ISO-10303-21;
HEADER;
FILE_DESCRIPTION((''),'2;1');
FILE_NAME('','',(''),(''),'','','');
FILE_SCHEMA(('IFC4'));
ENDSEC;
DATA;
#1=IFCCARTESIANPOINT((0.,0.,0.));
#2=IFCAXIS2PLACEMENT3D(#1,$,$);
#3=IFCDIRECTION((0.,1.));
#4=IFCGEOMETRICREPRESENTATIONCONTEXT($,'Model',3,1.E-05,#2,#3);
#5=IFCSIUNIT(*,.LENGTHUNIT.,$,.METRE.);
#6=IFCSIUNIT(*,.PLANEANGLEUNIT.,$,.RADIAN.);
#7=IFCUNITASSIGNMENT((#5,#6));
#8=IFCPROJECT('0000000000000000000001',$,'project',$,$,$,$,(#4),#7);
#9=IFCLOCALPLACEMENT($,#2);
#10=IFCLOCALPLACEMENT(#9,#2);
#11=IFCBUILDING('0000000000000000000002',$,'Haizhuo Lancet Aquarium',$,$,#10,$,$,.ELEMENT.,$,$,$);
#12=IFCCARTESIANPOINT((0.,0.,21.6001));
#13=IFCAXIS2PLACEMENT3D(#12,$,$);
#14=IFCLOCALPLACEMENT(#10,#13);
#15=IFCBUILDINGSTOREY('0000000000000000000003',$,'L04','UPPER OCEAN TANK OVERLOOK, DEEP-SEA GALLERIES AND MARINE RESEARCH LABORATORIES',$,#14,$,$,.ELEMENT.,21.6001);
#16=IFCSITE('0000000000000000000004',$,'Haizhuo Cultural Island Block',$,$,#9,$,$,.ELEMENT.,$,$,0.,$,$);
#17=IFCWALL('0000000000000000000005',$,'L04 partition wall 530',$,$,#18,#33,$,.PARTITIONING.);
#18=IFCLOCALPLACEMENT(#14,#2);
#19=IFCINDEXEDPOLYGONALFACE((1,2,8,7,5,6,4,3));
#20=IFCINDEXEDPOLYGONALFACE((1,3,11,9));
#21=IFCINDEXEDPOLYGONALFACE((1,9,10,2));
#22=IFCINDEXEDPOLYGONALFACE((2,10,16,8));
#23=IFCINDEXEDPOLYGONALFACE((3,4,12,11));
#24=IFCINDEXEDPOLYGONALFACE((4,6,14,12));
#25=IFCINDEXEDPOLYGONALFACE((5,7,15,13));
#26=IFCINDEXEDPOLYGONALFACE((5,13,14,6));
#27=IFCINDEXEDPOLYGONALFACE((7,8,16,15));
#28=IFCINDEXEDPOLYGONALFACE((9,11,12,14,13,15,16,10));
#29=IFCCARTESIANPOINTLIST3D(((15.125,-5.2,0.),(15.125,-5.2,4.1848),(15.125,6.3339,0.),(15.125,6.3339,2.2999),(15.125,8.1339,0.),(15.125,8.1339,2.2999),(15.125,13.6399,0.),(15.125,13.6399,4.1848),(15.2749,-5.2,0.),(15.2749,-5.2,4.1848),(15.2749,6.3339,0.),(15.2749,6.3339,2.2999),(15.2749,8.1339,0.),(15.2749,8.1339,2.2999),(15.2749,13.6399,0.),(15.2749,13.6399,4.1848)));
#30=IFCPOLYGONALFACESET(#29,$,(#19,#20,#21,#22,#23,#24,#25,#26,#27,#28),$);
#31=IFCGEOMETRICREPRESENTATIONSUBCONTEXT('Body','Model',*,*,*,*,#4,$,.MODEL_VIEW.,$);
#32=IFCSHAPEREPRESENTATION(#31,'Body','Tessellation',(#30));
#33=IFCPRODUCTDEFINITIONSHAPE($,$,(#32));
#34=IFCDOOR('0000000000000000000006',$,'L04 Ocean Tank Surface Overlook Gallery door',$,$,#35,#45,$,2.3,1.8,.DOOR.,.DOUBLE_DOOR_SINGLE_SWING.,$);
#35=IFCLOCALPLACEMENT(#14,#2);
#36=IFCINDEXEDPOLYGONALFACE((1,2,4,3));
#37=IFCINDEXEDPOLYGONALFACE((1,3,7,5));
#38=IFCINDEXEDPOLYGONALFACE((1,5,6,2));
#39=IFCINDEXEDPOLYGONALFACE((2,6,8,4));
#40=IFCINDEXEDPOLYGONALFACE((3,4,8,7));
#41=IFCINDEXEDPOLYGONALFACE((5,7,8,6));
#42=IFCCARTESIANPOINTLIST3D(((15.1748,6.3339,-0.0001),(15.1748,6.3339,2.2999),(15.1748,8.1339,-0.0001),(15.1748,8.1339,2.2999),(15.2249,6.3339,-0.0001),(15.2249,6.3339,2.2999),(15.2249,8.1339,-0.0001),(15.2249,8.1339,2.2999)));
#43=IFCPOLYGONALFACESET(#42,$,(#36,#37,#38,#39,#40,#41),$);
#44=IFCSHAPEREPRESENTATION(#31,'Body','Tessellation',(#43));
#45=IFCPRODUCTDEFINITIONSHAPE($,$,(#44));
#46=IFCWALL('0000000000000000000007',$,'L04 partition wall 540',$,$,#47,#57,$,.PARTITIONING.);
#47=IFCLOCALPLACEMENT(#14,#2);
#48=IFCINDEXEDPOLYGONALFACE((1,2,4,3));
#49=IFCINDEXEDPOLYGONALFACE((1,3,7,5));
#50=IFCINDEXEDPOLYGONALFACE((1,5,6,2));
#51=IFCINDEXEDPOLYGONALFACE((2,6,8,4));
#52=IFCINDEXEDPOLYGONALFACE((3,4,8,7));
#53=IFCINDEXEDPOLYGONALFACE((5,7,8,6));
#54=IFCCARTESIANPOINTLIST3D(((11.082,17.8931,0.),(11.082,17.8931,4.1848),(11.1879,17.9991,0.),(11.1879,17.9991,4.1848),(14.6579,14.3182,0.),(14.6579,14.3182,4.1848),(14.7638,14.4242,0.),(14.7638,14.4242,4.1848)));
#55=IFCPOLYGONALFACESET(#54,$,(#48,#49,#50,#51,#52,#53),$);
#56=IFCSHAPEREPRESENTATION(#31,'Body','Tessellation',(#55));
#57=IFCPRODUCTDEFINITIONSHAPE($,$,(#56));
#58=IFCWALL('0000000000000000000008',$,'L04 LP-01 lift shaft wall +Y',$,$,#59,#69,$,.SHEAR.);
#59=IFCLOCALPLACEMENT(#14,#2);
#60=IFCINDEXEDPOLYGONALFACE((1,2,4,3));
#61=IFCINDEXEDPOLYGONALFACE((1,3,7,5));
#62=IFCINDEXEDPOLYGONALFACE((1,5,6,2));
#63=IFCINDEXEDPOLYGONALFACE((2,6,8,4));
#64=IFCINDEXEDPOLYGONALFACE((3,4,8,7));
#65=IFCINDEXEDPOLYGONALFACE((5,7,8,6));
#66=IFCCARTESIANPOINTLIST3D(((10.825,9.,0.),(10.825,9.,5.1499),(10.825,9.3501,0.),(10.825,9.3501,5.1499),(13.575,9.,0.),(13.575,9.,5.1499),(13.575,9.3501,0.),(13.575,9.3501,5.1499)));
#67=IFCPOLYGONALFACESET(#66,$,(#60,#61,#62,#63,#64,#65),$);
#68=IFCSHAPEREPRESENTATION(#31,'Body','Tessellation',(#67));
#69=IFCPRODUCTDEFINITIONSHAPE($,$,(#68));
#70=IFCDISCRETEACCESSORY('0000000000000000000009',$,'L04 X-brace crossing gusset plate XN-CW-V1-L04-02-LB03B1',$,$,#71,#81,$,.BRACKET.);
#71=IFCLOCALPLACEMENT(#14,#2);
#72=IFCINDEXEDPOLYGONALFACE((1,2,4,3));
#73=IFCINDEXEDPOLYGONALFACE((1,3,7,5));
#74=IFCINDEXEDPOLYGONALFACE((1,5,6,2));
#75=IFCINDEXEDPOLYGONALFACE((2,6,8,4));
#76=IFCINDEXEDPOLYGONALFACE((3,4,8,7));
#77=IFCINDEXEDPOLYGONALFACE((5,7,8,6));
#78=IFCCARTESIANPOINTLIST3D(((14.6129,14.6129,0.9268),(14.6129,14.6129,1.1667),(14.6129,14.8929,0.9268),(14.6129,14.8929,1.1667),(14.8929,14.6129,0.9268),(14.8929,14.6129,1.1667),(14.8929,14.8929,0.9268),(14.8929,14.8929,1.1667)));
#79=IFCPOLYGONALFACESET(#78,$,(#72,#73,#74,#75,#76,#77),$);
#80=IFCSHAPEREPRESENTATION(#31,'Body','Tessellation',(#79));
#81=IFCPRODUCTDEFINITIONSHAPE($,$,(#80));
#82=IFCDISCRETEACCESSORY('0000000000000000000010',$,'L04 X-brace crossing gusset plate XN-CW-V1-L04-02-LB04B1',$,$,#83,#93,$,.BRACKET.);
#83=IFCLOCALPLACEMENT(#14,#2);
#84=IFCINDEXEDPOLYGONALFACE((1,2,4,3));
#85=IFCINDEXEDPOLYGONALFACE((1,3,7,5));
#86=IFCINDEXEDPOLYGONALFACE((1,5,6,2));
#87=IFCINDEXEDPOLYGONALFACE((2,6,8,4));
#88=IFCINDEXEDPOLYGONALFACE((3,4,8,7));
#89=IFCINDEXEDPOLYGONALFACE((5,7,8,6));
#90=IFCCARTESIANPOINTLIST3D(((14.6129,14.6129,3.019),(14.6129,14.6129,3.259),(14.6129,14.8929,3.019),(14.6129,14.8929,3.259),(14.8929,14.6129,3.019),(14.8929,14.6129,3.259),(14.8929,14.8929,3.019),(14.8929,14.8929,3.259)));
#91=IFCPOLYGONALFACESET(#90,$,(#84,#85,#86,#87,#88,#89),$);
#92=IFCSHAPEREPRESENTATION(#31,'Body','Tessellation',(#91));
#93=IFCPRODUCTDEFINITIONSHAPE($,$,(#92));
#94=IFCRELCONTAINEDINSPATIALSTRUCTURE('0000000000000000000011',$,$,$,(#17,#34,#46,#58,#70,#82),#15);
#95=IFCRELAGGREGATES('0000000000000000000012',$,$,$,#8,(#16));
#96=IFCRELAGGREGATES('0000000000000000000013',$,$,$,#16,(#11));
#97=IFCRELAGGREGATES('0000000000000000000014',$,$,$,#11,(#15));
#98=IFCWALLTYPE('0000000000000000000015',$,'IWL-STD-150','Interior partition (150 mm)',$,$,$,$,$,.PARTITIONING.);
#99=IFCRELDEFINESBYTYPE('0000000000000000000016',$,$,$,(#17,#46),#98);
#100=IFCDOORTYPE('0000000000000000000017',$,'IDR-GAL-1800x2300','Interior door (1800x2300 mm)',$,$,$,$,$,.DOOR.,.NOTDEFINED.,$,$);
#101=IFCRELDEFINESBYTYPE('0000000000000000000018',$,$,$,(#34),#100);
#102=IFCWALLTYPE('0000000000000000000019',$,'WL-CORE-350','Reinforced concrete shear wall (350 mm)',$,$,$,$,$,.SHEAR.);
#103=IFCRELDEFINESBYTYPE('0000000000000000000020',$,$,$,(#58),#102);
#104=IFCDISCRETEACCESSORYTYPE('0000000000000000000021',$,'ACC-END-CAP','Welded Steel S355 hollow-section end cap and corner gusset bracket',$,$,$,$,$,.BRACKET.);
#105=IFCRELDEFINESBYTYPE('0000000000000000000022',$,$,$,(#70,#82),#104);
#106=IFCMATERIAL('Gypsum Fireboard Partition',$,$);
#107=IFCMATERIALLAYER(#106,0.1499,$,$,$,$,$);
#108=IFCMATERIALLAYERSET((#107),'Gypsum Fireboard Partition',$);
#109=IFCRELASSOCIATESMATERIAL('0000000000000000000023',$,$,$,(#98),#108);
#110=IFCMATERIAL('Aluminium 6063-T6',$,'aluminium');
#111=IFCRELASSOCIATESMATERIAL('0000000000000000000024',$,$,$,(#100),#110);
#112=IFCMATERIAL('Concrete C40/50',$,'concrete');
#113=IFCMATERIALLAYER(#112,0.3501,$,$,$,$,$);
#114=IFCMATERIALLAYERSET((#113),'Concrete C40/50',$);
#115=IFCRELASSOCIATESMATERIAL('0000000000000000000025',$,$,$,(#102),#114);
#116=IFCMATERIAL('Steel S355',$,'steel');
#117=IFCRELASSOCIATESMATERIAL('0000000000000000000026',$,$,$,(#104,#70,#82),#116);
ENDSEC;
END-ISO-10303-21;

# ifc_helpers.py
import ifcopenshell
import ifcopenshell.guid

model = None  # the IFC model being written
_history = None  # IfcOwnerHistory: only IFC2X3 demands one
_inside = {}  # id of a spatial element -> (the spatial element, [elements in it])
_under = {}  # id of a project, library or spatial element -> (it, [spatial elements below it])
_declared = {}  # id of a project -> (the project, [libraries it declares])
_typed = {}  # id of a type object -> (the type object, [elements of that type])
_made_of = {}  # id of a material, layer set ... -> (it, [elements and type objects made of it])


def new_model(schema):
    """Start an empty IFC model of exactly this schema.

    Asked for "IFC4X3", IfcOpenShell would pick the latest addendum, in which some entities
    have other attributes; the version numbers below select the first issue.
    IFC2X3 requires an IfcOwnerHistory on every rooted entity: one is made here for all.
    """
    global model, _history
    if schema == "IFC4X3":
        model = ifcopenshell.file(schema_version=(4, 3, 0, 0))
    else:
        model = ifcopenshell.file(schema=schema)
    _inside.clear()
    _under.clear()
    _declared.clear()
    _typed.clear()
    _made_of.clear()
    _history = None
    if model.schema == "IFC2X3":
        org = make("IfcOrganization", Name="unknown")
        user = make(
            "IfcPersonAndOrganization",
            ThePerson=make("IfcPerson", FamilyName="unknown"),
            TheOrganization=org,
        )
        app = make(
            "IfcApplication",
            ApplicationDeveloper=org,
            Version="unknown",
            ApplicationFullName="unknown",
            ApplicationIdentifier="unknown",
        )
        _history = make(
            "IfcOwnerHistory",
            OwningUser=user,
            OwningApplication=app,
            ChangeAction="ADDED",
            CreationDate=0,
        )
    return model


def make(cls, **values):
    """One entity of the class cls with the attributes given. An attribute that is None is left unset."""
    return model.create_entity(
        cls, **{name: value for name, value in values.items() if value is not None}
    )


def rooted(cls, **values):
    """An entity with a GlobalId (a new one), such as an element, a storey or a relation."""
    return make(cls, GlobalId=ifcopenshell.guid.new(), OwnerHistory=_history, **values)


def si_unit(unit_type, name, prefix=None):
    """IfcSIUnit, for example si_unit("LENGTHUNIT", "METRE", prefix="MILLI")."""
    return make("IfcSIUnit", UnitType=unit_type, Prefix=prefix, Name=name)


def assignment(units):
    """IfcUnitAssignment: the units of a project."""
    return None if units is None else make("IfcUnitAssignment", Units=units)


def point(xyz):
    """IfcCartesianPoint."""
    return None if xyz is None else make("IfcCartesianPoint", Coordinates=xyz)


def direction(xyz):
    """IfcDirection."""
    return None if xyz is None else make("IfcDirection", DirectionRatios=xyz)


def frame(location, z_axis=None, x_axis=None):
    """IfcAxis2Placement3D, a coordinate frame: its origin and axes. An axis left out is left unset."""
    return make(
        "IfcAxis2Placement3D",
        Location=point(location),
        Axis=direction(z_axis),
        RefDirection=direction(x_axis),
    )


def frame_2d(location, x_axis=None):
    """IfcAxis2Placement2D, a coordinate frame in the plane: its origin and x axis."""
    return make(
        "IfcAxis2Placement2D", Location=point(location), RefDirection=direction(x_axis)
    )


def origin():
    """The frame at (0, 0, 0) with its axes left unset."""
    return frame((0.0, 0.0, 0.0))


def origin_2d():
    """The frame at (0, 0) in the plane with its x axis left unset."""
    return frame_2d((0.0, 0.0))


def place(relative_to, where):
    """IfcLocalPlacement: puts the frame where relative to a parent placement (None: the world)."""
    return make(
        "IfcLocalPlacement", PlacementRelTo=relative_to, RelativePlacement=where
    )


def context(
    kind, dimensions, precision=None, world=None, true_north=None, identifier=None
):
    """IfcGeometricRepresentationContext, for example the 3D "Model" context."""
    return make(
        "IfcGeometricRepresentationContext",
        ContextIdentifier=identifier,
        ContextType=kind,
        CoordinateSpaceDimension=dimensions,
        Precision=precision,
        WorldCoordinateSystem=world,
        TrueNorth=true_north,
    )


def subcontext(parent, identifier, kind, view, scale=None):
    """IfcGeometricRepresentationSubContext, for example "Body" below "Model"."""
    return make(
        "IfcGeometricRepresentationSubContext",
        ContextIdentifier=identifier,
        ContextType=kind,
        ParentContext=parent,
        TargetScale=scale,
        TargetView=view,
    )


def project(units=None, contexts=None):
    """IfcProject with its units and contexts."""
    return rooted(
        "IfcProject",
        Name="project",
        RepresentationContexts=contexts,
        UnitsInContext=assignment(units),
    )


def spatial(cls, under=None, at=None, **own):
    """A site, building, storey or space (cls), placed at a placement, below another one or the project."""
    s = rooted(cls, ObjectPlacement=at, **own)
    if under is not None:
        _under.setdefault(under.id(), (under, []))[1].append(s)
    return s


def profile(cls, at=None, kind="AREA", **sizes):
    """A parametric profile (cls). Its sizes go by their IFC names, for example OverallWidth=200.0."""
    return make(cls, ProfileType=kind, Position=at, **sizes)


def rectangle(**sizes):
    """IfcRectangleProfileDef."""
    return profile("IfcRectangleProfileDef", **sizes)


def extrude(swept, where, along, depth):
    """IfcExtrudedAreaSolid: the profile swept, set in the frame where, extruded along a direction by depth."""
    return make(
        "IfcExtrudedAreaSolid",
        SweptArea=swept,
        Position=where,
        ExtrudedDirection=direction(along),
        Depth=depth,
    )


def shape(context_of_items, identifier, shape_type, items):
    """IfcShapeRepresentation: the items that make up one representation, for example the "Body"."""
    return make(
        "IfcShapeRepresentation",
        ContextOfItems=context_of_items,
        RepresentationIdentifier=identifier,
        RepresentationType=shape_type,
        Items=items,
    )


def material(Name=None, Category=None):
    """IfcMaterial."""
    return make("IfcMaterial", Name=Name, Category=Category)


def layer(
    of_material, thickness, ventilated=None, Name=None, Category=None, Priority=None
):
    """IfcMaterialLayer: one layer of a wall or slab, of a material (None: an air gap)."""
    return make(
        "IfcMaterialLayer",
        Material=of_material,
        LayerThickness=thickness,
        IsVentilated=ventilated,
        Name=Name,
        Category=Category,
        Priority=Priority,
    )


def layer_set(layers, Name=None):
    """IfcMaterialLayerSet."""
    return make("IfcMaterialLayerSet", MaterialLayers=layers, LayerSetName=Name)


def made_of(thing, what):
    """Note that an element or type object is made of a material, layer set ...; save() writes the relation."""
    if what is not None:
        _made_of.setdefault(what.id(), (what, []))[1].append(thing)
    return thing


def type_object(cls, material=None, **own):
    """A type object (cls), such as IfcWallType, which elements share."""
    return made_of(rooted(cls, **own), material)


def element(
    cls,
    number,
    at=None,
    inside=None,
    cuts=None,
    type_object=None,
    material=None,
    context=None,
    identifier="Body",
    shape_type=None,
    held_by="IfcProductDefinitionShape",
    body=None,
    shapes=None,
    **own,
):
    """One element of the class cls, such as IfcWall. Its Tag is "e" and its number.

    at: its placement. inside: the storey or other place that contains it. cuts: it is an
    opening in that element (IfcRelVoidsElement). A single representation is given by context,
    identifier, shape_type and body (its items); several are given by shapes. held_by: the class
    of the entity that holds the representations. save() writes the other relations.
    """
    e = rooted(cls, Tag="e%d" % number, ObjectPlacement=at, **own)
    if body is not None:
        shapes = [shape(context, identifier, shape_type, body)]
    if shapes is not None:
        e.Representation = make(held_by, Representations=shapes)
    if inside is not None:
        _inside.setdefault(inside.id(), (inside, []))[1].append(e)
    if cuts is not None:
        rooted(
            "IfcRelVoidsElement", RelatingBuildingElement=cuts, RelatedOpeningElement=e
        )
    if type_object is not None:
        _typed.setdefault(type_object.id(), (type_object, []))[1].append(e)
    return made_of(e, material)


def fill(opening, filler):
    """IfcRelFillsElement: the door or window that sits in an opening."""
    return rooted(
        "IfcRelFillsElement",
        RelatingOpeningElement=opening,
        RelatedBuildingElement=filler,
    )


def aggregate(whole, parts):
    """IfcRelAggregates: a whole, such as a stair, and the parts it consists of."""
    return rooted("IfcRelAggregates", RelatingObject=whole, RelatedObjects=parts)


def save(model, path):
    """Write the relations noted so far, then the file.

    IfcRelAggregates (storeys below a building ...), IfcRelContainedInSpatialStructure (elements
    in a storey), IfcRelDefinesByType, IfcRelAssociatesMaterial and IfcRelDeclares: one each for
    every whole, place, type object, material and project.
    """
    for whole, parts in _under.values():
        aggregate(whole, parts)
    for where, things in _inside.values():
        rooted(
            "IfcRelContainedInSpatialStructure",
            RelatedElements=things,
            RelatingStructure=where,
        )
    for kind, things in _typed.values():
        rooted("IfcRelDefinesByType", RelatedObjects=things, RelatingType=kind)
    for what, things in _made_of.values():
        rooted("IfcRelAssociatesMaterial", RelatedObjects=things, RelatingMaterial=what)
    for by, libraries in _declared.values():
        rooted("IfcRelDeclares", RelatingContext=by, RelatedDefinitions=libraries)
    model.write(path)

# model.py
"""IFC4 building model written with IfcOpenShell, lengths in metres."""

from ifc_helpers import new_model, si_unit, direction, frame, frame_2d, origin, origin_2d, place, context, subcontext, project, spatial, rectangle, extrude, material, layer, layer_set, type_object, element, fill, save


model = new_model("IFC4")

# Units and contexts
model_context = context("Model", 3, precision=1e-05, world=origin(), true_north=direction((0.0, 1.0)))
body_context = subcontext(model_context, "Body", "Model", "MODEL_VIEW")
ifc_project = project(units=[si_unit("LENGTHUNIT", "METRE"), si_unit("PLANEANGLEUNIT", "RADIAN")], contexts=[model_context])

# Site, building, storey
site_placement = place(None, origin())
site = spatial("IfcSite", under=ifc_project, at=site_placement, Name="Haizhuo Cultural Island Block", CompositionType="ELEMENT", RefElevation=0.0)
building_placement = place(site_placement, origin())
building = spatial("IfcBuilding", under=site, at=building_placement, Name="Haizhuo Lancet Aquarium", CompositionType="ELEMENT")
storey_placement = place(building_placement, frame((0.0, 0.0, 21.6001)))
storey = spatial("IfcBuildingStorey", under=building, at=storey_placement, Name="L04", Description="UPPER OCEAN TANK OVERLOOK, DEEP-SEA GALLERIES AND MARINE RESEARCH LABORATORIES", CompositionType="ELEMENT", Elevation=21.6001)

# Shared definitions
ifc_material_1 = material(Name="Aluminium 6063-T6", Category="aluminium")

# Shared definitions
ifc_material_2 = material(Name="Steel S355", Category="steel")

# Wall, opening, door
ifc_material_3 = material(Name="Gypsum Fireboard Partition")
ifc_layer_1 = layer(ifc_material_3, 0.1499)
ifc_layer_set_1 = layer_set([ifc_layer_1], Name="Gypsum Fireboard Partition")
wall_type_1 = type_object("IfcWallType", Name="IWL-STD-150", Description="Interior partition (150 mm)", PredefinedType="PARTITIONING", material=ifc_layer_set_1)
wall_1_placement = place(storey_placement, frame((15.2, 13.6399, 0.0), z_axis=(0.0, 0.0, 1.0), x_axis=(0.0, -1.0, 0.0)))
wall_1 = element("IfcWall", 1, at=wall_1_placement, inside=storey, type_object=wall_type_1, Name="L04 partition wall 530", PredefinedType="PARTITIONING", context=body_context, shape_type="SweptSolid", body=[
    extrude(rectangle(XDim=18.8398, YDim=0.1499, at=frame_2d((9.4199, 0.0))), origin(), (0.0, 0.0, 1.0), 4.1848),
])
opening_placement = place(wall_1_placement, frame((5.5061, 0.0, 0.0)))
opening = element("IfcOpeningElement", 2, at=opening_placement, cuts=wall_1, PredefinedType="OPENING", context=body_context, shape_type="SweptSolid", body=[
    extrude(rectangle(XDim=1.8, YDim=2.3, at=frame_2d((0.8999, 1.1499))), frame((0.0, 0.085, 0.0), z_axis=(0.0, -1.0, 0.0), x_axis=(1.0, 0.0, 0.0)), (0.0, 0.0, 1.0), 0.1699),
])
door_type = type_object("IfcDoorType", Name="IDR-GAL-1800x2300", Description="Interior door (1800x2300 mm)", OperationType="NOTDEFINED", PredefinedType="DOOR", material=ifc_material_1)
door_placement = place(opening_placement, origin())
door = element("IfcDoor", 3, at=door_placement, inside=storey, type_object=door_type, Name="L04 Ocean Tank Surface Overlook Gallery door", OperationType="DOUBLE_DOOR_SINGLE_SWING", OverallHeight=2.3, OverallWidth=1.8, PredefinedType="DOOR", context=body_context, shape_type="SweptSolid", body=[
    extrude(rectangle(XDim=1.8, YDim=2.3, at=frame_2d((0.8999, 1.1499))), frame((0.0, 0.0249, 0.0), z_axis=(0.0, -1.0, 0.0), x_axis=(1.0, 0.0, 0.0)), (0.0, 0.0, 1.0), 0.05),
])
fill(opening, door)

# Walls
wall_2_placement = place(storey_placement, frame((14.7109, 14.3711, 0.0), z_axis=(0.0, 0.0, 1.0), x_axis=(-0.707203, 0.70701, 0.0)))
element("IfcWall", 4, at=wall_2_placement, inside=storey, type_object=wall_type_1, Name="L04 partition wall 540", PredefinedType="PARTITIONING", context=body_context, shape_type="SweptSolid", body=[
    extrude(rectangle(XDim=5.0564, YDim=0.1499, at=frame_2d((2.5283, 0.0))), origin(), (0.0, 0.0, 1.0), 4.1848),
])
ifc_material_4 = material(Name="Concrete C40/50", Category="concrete")
ifc_layer_2 = layer(ifc_material_4, 0.3501)
ifc_layer_set_2 = layer_set([ifc_layer_2], Name="Concrete C40/50")
wall_type_2 = type_object("IfcWallType", Name="WL-CORE-350", Description="Reinforced concrete shear wall (350 mm)", PredefinedType="SHEAR", material=ifc_layer_set_2)
wall_3_placement = place(storey_placement, frame((13.575, 9.175, 0.0), z_axis=(0.0, 0.0, 1.0), x_axis=(-1.0, 0.0, 0.0)))
element("IfcWall", 5, at=wall_3_placement, inside=storey, type_object=wall_type_2, Name="L04 LP-01 lift shaft wall +Y", PredefinedType="SHEAR", context=body_context, shape_type="SweptSolid", body=[
    extrude(rectangle(XDim=2.75, YDim=0.3501, at=frame_2d((1.375, 0.0))), origin(), (0.0, 0.0, 1.0), 5.1499),
])

# Discrete accessories
discrete_accessory_type = type_object("IfcDiscreteAccessoryType", Name="ACC-END-CAP", Description="Welded Steel S355 hollow-section end cap and corner gusset bracket", PredefinedType="BRACKET", material=ifc_material_2)
for number, where, z_axis, x_axis, name in (
    (6, (14.7529, 14.7529, 0.9268), (0.0, 0.0, 1.0), (1.0, 0.0, 0.0), "L04 X-brace crossing gusset plate XN-CW-V1-L04-02-LB03B1"),
    (7, (14.7529, 14.7529, 3.019), (0.0, 0.0, 1.0), (1.0, 0.0, 0.0), "L04 X-brace crossing gusset plate XN-CW-V1-L04-02-LB04B1"),
):
    element("IfcDiscreteAccessory", number, at=place(storey_placement, frame(where, z_axis=z_axis, x_axis=x_axis)), inside=storey, type_object=discrete_accessory_type, material=ifc_material_2, Name=name, PredefinedType="BRACKET", context=body_context, shape_type="SweptSolid", body=[
        extrude(rectangle(XDim=0.28, YDim=0.28, at=origin_2d()), origin(), (0.0, 0.0, 1.0), 0.24),
    ])

save(model, "model.ifc")
